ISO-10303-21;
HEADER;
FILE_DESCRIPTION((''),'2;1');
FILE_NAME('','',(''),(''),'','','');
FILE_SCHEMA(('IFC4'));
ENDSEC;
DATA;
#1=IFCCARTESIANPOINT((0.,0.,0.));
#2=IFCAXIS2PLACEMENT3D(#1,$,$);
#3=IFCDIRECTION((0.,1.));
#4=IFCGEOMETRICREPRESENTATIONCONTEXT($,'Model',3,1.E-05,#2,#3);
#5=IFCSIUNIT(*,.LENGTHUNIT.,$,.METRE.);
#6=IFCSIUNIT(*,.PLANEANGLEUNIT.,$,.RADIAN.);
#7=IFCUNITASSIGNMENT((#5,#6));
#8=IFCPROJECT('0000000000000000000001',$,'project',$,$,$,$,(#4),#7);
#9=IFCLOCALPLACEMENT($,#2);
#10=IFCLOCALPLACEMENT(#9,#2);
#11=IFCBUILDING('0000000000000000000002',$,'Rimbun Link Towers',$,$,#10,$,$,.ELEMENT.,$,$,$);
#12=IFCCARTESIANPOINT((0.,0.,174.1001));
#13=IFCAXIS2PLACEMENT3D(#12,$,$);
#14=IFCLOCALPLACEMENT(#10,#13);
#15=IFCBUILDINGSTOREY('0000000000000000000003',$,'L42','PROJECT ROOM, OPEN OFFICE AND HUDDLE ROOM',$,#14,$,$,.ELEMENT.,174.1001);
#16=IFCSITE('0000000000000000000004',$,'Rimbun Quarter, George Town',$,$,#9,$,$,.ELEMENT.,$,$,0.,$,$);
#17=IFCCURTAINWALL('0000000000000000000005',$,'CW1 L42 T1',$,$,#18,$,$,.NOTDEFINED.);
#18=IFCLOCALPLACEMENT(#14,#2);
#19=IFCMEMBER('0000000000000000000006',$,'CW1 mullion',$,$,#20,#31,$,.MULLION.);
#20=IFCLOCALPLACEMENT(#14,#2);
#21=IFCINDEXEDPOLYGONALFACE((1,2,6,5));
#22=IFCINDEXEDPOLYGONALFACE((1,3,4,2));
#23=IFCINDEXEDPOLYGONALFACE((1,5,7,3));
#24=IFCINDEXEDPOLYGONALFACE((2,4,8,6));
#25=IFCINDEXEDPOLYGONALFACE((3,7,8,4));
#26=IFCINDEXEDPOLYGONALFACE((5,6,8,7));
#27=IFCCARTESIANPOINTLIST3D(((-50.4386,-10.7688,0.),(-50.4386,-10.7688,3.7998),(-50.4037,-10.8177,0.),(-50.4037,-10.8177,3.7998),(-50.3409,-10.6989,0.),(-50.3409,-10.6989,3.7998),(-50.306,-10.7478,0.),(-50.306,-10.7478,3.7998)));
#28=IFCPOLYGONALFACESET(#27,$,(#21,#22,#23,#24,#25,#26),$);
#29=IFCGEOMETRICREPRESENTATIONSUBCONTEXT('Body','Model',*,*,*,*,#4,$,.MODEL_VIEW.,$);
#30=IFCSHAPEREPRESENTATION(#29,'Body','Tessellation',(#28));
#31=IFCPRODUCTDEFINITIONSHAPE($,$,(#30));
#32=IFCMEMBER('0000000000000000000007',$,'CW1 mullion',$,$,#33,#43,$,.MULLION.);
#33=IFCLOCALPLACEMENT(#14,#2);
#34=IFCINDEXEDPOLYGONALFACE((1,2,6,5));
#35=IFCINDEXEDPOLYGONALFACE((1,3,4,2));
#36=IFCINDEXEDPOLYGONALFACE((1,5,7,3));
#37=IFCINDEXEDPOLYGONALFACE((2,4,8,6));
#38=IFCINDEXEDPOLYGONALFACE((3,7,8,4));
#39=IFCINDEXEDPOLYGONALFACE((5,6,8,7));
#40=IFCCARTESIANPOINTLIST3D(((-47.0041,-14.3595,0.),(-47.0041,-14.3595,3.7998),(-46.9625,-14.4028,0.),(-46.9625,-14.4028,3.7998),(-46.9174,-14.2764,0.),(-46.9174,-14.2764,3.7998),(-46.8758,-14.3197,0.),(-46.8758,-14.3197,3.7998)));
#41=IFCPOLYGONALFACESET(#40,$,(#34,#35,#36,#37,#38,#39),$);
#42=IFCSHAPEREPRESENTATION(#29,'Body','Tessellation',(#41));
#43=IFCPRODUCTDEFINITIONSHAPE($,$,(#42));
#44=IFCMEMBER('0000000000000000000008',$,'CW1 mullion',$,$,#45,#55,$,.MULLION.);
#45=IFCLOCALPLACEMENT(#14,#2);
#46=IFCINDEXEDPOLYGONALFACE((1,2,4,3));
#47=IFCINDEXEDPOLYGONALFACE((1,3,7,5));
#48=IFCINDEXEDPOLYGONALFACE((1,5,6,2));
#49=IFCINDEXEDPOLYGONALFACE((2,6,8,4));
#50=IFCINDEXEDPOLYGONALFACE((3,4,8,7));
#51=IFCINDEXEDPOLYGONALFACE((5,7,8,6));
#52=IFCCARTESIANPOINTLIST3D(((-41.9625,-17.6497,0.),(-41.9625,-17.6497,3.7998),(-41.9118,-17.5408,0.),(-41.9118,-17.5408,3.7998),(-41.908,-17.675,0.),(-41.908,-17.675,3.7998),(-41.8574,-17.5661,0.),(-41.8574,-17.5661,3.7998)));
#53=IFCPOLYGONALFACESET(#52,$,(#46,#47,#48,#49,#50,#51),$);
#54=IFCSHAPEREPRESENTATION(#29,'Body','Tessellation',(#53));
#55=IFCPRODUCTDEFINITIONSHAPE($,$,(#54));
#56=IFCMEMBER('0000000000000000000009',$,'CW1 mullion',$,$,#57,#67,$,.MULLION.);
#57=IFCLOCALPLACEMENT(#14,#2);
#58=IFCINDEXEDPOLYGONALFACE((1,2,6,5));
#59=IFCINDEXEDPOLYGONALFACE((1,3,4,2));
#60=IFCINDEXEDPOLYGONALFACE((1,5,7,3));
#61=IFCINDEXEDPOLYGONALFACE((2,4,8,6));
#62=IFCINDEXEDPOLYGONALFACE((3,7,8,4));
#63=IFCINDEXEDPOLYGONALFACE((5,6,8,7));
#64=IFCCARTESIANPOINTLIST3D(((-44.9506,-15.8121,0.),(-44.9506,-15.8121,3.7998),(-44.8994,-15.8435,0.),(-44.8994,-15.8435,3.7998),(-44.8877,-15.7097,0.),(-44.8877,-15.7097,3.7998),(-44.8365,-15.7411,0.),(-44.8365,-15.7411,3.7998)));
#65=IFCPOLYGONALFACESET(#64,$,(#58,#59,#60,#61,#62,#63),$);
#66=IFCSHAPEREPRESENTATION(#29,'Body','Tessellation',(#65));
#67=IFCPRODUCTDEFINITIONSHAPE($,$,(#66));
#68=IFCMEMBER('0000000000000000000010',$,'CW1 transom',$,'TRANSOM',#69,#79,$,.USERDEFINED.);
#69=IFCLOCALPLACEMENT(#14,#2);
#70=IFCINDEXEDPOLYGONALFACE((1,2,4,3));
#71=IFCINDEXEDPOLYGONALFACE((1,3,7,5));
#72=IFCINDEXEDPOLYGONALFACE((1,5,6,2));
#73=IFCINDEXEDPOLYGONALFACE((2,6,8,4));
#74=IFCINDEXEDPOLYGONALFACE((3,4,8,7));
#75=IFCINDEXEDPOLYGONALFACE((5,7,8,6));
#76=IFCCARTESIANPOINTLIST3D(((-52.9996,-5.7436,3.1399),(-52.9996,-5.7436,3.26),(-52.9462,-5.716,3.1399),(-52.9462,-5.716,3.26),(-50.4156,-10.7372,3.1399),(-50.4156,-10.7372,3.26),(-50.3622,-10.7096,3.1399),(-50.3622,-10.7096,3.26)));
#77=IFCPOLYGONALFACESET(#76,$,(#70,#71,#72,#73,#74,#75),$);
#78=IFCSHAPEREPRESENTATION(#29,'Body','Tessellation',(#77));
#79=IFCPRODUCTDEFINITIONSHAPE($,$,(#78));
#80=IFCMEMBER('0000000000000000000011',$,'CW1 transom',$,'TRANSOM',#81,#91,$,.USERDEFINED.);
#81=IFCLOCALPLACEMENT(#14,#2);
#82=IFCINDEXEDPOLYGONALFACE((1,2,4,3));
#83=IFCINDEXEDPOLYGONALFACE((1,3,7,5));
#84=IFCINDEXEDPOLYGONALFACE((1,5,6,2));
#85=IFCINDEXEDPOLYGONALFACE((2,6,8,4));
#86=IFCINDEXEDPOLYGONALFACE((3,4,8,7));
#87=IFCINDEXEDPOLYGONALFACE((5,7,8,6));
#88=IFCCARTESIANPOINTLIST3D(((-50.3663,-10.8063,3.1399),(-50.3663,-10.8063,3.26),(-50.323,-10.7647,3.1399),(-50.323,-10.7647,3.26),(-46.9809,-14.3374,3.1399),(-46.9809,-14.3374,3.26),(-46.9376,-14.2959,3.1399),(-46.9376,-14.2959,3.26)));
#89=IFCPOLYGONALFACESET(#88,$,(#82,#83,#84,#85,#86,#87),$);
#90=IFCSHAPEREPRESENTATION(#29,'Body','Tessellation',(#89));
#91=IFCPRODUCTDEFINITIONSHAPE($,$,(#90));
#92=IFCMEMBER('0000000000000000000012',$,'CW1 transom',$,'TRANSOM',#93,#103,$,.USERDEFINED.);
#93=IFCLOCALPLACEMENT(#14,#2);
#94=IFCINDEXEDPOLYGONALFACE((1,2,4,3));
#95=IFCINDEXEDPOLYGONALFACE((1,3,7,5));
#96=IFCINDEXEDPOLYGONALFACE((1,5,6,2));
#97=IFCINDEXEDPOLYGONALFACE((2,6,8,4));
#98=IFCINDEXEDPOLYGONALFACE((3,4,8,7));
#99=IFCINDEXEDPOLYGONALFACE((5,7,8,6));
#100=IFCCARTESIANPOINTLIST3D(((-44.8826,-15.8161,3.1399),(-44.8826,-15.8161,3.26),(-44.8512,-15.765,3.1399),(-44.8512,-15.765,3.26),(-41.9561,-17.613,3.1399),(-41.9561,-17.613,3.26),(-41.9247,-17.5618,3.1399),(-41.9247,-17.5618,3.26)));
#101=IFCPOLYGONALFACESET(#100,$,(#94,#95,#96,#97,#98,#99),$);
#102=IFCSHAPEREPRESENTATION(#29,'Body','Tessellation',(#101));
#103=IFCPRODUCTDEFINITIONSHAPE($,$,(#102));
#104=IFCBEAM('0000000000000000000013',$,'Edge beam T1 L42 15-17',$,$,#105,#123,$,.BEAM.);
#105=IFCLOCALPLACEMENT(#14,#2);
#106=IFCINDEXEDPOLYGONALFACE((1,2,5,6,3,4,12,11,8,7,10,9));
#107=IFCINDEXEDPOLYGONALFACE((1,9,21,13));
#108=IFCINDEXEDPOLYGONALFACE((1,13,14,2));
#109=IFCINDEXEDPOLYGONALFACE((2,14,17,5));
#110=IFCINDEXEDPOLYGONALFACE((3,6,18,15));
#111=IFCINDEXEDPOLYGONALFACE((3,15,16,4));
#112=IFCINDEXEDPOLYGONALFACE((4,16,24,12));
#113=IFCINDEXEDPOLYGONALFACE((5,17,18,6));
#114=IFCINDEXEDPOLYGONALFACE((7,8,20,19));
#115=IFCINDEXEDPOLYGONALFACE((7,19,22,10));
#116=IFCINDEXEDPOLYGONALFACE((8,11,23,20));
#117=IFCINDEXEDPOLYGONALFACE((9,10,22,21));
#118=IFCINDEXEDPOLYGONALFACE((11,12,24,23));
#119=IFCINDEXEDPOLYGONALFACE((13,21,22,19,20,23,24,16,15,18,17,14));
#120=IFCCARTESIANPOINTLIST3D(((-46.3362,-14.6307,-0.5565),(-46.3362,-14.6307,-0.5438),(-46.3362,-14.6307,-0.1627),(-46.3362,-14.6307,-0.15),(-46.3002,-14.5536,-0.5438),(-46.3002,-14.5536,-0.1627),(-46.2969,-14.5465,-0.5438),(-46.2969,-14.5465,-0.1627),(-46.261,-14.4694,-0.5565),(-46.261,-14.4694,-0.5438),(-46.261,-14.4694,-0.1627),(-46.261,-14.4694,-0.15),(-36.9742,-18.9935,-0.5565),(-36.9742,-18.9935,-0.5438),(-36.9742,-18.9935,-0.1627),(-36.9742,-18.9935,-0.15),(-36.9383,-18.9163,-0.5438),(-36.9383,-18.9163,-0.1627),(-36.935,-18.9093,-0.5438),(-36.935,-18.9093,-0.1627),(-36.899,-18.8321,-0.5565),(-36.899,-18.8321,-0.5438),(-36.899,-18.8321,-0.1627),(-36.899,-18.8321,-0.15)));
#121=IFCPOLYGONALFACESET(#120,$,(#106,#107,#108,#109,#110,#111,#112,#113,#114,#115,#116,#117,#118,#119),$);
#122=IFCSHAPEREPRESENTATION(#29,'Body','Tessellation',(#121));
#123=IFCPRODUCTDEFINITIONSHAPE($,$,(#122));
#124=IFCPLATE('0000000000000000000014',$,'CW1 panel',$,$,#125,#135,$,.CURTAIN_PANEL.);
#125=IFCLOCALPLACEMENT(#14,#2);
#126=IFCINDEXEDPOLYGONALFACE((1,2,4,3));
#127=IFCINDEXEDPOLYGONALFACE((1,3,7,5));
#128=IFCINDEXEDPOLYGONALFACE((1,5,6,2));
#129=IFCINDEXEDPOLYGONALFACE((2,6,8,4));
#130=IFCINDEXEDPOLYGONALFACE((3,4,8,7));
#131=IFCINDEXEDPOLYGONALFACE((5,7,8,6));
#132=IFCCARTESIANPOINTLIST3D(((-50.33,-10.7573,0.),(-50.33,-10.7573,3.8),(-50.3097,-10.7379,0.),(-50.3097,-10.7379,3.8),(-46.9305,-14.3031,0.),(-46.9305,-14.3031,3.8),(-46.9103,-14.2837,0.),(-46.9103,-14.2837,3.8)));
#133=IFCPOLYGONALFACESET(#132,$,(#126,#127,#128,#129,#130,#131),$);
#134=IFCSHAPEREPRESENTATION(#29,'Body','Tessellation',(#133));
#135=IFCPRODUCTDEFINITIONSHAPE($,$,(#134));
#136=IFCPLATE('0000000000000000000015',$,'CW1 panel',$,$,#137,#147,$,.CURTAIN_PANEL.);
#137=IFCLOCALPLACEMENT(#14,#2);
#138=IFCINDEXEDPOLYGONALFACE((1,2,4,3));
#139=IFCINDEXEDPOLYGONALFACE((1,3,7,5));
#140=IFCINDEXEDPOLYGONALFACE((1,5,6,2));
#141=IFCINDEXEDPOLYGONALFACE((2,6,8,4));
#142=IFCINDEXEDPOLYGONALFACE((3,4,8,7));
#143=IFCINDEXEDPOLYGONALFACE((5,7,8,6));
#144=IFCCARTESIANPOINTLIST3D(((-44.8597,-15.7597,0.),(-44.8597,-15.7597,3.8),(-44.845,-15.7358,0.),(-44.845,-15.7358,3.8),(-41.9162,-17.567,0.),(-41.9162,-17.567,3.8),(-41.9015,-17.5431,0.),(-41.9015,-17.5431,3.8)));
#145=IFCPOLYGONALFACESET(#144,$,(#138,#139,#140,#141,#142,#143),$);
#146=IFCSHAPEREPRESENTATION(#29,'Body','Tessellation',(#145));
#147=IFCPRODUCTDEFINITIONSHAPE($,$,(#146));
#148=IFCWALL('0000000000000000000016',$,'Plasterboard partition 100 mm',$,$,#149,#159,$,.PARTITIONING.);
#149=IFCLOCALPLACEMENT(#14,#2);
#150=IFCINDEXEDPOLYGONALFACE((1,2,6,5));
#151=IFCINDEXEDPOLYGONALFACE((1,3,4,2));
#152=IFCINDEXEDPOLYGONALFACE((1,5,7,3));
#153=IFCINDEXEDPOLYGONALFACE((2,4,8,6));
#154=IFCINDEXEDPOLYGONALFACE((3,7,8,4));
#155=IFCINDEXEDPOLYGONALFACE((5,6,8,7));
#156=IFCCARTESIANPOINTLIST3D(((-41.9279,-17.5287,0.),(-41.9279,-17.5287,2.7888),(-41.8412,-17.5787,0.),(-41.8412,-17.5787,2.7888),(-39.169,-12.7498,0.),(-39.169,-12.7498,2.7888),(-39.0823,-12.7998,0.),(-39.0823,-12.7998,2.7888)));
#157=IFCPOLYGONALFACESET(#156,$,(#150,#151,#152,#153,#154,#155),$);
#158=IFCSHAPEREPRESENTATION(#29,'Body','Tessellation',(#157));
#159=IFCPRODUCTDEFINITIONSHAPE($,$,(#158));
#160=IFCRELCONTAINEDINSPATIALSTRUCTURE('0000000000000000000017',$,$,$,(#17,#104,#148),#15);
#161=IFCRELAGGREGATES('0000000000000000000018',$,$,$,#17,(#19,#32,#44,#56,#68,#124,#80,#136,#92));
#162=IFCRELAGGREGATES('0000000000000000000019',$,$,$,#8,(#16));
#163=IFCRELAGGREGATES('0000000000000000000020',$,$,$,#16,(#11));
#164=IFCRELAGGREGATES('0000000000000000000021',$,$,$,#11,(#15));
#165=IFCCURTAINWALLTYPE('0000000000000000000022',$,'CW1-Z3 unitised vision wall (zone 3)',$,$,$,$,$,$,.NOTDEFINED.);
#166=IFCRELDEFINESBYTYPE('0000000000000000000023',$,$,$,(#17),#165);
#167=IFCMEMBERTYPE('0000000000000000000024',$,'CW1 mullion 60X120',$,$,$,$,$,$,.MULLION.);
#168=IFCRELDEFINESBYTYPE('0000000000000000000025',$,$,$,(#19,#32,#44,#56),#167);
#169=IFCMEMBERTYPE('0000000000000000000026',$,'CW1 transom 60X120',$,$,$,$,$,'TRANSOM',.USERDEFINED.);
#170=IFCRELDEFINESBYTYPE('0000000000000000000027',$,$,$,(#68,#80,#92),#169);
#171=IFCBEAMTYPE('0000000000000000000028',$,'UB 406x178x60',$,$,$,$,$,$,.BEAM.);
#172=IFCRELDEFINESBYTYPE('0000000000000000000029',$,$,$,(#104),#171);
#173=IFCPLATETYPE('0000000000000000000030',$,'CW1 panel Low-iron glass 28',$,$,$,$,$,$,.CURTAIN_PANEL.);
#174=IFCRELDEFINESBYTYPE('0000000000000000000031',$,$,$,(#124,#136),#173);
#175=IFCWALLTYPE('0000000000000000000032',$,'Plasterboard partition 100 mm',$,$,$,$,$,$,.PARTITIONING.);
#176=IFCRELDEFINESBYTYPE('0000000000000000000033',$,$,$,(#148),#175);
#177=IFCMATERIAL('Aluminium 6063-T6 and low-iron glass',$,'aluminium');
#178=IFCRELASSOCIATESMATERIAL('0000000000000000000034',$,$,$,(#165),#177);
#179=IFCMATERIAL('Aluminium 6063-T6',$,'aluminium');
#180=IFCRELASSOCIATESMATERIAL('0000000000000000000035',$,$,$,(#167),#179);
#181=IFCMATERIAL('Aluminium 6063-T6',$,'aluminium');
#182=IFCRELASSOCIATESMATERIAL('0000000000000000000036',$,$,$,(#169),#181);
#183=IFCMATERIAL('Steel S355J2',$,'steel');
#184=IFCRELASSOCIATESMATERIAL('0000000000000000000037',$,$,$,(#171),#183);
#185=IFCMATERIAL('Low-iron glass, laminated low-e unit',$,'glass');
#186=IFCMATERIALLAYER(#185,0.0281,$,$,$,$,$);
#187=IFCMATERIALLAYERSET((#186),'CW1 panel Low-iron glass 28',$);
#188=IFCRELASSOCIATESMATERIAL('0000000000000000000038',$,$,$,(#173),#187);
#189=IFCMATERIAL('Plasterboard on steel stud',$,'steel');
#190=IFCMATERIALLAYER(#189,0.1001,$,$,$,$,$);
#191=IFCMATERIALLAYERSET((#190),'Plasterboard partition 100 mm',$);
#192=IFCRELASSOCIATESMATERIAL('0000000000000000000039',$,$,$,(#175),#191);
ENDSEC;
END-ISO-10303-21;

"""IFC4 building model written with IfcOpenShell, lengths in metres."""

from ifc_helpers import new_model, si_unit, direction, frame, frame_2d, origin, origin_2d, place, context, subcontext, project, spatial, rectangle, i_section, extrude, material, layer, layer_set, material_profile, profile_set, type_object, element, aggregate, save


model = new_model("IFC4")

# Units and contexts
model_context = context("Model", 3, precision=1e-05, world=origin(), true_north=direction((0.0, 1.0)))
body_context = subcontext(model_context, "Body", "Model", "MODEL_VIEW")
ifc_project = project(units=[si_unit("LENGTHUNIT", "METRE"), si_unit("PLANEANGLEUNIT", "RADIAN")], contexts=[model_context])

# Site, building, storey
site_placement = place(None, origin())
site = spatial("IfcSite", under=ifc_project, at=site_placement, Name="Rimbun Quarter, George Town", CompositionType="ELEMENT", RefElevation=0.0)
building_placement = place(site_placement, origin())
building = spatial("IfcBuilding", under=site, at=building_placement, Name="Rimbun Link Towers", CompositionType="ELEMENT")
storey_placement = place(building_placement, frame((0.0, 0.0, 174.1001)))
storey = spatial("IfcBuildingStorey", under=building, at=storey_placement, Name="L42", Description="PROJECT ROOM, OPEN OFFICE AND HUDDLE ROOM", CompositionType="ELEMENT", Elevation=174.1001)

# Curtain wall, members
ifc_material_1 = material(Name="Aluminium 6063-T6 and low-iron glass", Category="aluminium")
curtain_wall_type = type_object("IfcCurtainWallType", Name="CW1-Z3 unitised vision wall (zone 3)", PredefinedType="NOTDEFINED", material=ifc_material_1)
curtain_wall_placement = place(storey_placement, origin())
curtain_wall = element("IfcCurtainWall", 1, at=curtain_wall_placement, inside=storey, type_object=curtain_wall_type, Name="CW1 L42 T1", PredefinedType="NOTDEFINED")
ifc_material_2 = material(Name="Aluminium 6063-T6", Category="aluminium")
ifc_material_profile_1 = material_profile(ifc_material_2, rectangle(XDim=0.1201, YDim=0.0601, at=origin_2d()), Name="MULLION 60X120")
ifc_profile_set_1 = profile_set([ifc_material_profile_1], Name="Aluminium 6063-T6")
member_type_1 = type_object("IfcMemberType", Name="CW1 mullion 60X120", PredefinedType="MULLION", material=ifc_profile_set_1)
member_1_placement = place(storey_placement, frame((-50.3723, -10.7583, 0.0), z_axis=(0.0, 0.0, 1.0), x_axis=(-0.81335, -0.581775, 0.0)))
member_1 = element("IfcMember", 2, at=member_1_placement, type_object=member_type_1, Name="CW1 mullion", PredefinedType="MULLION", context=body_context, shape_type="SweptSolid", body=[
    extrude(rectangle(XDim=0.1201, YDim=0.0601, at=origin_2d()), origin(), (0.0, 0.0, 1.0), 3.7998),
])
member_2_placement = place(storey_placement, frame((-46.9399, -14.3396, 0.0), z_axis=(0.0, 0.0, 1.0), x_axis=(-0.721854, -0.692045, 0.0)))
member_2 = element("IfcMember", 3, at=member_2_placement, type_object=member_type_1, Name="CW1 mullion", PredefinedType="MULLION", context=body_context, shape_type="SweptSolid", body=[
    extrude(rectangle(XDim=0.1201, YDim=0.0601, at=origin_2d()), origin(), (0.0, 0.0, 1.0), 3.7998),
])
member_3_placement = place(storey_placement, frame((-41.9099, -17.6079, 0.0), z_axis=(0.0, 0.0, 1.0), x_axis=(-0.421697, -0.906737, 0.0)))
member_3 = element("IfcMember", 4, at=member_3_placement, type_object=member_type_1, Name="CW1 mullion", PredefinedType="MULLION", context=body_context, shape_type="SweptSolid", body=[
    extrude(rectangle(XDim=0.1201, YDim=0.0601, at=origin_2d()), origin(), (0.0, 0.0, 1.0), 3.7998),
])
member_4_placement = place(storey_placement, frame((-44.8936, -15.7766, 0.0), z_axis=(0.0, 0.0, 1.0), x_axis=(-0.523231, -0.852191, 0.0)))
member_4 = element("IfcMember", 5, at=member_4_placement, type_object=member_type_1, Name="CW1 mullion", PredefinedType="MULLION", context=body_context, shape_type="SweptSolid", body=[
    extrude(rectangle(XDim=0.1201, YDim=0.0601, at=origin_2d()), origin(), (0.0, 0.0, 1.0), 3.7998),
])
ifc_material_3 = material(Name="Aluminium 6063-T6", Category="aluminium")
ifc_material_profile_2 = material_profile(ifc_material_3, rectangle(XDim=0.0601, YDim=0.1201, at=origin_2d()), Name="TRANSOM 60X120")
ifc_profile_set_2 = profile_set([ifc_material_profile_2], Name="Aluminium 6063-T6")
member_type_2 = type_object("IfcMemberType", Name="CW1 transom 60X120", ElementType="TRANSOM", PredefinedType="USERDEFINED", material=ifc_profile_set_2)
member_5_placement = place(storey_placement, frame((-50.3889, -10.7234, 3.2), z_axis=(-0.459572, 0.888141, 0.0), x_axis=(-0.888141, -0.459572, 0.0)))
member_5 = element("IfcMember", 6, at=member_5_placement, type_object=member_type_2, Name="CW1 transom", ObjectType="TRANSOM", PredefinedType="USERDEFINED", context=body_context, shape_type="SweptSolid", body=[
    extrude(rectangle(XDim=0.0601, YDim=0.1201, at=origin_2d()), origin(), (0.0, 0.0, 1.0), 5.6226),
])
member_6_placement = place(storey_placement, frame((-46.9592, -14.3167, 3.2), z_axis=(-0.692053, 0.721847, 0.0), x_axis=(-0.721847, -0.692053, 0.0)))
member_6 = element("IfcMember", 7, at=member_6_placement, type_object=member_type_2, Name="CW1 transom", ObjectType="TRANSOM", PredefinedType="USERDEFINED", context=body_context, shape_type="SweptSolid", body=[
    extrude(rectangle(XDim=0.0601, YDim=0.1201, at=origin_2d()), origin(), (0.0, 0.0, 1.0), 4.8918),
])
member_7_placement = place(storey_placement, frame((-41.9404, -17.5874, 3.2), z_axis=(-0.852185, 0.52324, 0.0), x_axis=(-0.52324, -0.852185, 0.0)))
member_7 = element("IfcMember", 8, at=member_7_placement, type_object=member_type_2, Name="CW1 transom", ObjectType="TRANSOM", PredefinedType="USERDEFINED", context=body_context, shape_type="SweptSolid", body=[
    extrude(rectangle(XDim=0.0601, YDim=0.1201, at=origin_2d()), origin(), (0.0, 0.0, 1.0), 3.4341),
])

# Beam
ifc_material_4 = material(Name="Steel S355J2", Category="steel")
ifc_material_profile_3 = material_profile(ifc_material_4, i_section(OverallWidth=0.178, OverallDepth=0.4065, WebThickness=0.0078, FlangeThickness=0.0127, at=origin_2d()), Name="UB 406x178x60")
ifc_profile_set_3 = profile_set([ifc_material_profile_3], Name="Steel S355J2")
beam_type = type_object("IfcBeamType", Name="UB 406x178x60", PredefinedType="BEAM", material=ifc_profile_set_3)
beam_placement = place(storey_placement, frame((-46.2986, -14.55, -0.3533), z_axis=(0.906412, -0.422395, 0.0), x_axis=(0.422395, 0.906412, 0.0)))
element("IfcBeam", 9, at=beam_placement, inside=storey, type_object=beam_type, Name="Edge beam T1 L42 15-17", PredefinedType="BEAM", context=body_context, shape_type="SweptSolid", body=[
    extrude(i_section(OverallWidth=0.178, OverallDepth=0.4065, WebThickness=0.0078, FlangeThickness=0.0127, at=origin_2d()), origin(), (0.0, 0.0, 1.0), 10.3286),
])

# Plates
ifc_material_5 = material(Name="Low-iron glass, laminated low-e unit", Category="glass")
ifc_layer_1 = layer(ifc_material_5, 0.0281)
ifc_layer_set_1 = layer_set([ifc_layer_1], Name="CW1 panel Low-iron glass 28")
plate_type = type_object("IfcPlateType", Name="CW1 panel Low-iron glass 28", PredefinedType="CURTAIN_PANEL", material=ifc_layer_set_1)
plate_1_placement = place(storey_placement, frame((-48.6201, -12.5205, 0.0), z_axis=(0.0, 0.0, 1.0), x_axis=(-0.692045, 0.721854, 0.0)))
plate_1 = element("IfcPlate", 10, at=plate_1_placement, type_object=plate_type, Name="CW1 panel", PredefinedType="CURTAIN_PANEL", context=body_context, shape_type="SweptSolid", body=[
    extrude(rectangle(XDim=4.9121, YDim=0.0281, at=origin_2d()), origin(), (0.0, 0.0, 1.0), 3.8),
])
plate_2_placement = place(storey_placement, frame((-43.3806, -16.6514, 0.0), z_axis=(0.0, 0.0, 1.0), x_axis=(-0.852191, 0.523231, 0.0)))
plate_2 = element("IfcPlate", 11, at=plate_2_placement, type_object=plate_type, Name="CW1 panel", PredefinedType="CURTAIN_PANEL", context=body_context, shape_type="SweptSolid", body=[
    extrude(rectangle(XDim=3.4541, YDim=0.0281, at=origin_2d()), origin(), (0.0, 0.0, 1.0), 3.8),
])
aggregate(curtain_wall, [member_1, member_2, member_3, member_4, member_5, plate_1, member_6, plate_2, member_7])

# Wall
ifc_material_6 = material(Name="Plasterboard on steel stud", Category="steel")
ifc_layer_2 = layer(ifc_material_6, 0.1001)
ifc_layer_set_2 = layer_set([ifc_layer_2], Name="Plasterboard partition 100 mm")
wall_type = type_object("IfcWallType", Name="Plasterboard partition 100 mm", PredefinedType="PARTITIONING", material=ifc_layer_set_2)
wall_placement = place(storey_placement, frame((-41.8845, -17.5537, 0.0), z_axis=(0.0, 0.0, 1.0), x_axis=(0.499965, 0.866046, 0.0)))
element("IfcWall", 12, at=wall_placement, inside=storey, type_object=wall_type, Name="Plasterboard partition 100 mm", PredefinedType="PARTITIONING", context=body_context, shape_type="SweptSolid", body=[
    extrude(rectangle(XDim=5.5181, YDim=0.1001, at=frame_2d((2.759, 0.0))), origin(), (0.0, 0.0, 1.0), 2.7888),
])

save(model, "model.ifc")
